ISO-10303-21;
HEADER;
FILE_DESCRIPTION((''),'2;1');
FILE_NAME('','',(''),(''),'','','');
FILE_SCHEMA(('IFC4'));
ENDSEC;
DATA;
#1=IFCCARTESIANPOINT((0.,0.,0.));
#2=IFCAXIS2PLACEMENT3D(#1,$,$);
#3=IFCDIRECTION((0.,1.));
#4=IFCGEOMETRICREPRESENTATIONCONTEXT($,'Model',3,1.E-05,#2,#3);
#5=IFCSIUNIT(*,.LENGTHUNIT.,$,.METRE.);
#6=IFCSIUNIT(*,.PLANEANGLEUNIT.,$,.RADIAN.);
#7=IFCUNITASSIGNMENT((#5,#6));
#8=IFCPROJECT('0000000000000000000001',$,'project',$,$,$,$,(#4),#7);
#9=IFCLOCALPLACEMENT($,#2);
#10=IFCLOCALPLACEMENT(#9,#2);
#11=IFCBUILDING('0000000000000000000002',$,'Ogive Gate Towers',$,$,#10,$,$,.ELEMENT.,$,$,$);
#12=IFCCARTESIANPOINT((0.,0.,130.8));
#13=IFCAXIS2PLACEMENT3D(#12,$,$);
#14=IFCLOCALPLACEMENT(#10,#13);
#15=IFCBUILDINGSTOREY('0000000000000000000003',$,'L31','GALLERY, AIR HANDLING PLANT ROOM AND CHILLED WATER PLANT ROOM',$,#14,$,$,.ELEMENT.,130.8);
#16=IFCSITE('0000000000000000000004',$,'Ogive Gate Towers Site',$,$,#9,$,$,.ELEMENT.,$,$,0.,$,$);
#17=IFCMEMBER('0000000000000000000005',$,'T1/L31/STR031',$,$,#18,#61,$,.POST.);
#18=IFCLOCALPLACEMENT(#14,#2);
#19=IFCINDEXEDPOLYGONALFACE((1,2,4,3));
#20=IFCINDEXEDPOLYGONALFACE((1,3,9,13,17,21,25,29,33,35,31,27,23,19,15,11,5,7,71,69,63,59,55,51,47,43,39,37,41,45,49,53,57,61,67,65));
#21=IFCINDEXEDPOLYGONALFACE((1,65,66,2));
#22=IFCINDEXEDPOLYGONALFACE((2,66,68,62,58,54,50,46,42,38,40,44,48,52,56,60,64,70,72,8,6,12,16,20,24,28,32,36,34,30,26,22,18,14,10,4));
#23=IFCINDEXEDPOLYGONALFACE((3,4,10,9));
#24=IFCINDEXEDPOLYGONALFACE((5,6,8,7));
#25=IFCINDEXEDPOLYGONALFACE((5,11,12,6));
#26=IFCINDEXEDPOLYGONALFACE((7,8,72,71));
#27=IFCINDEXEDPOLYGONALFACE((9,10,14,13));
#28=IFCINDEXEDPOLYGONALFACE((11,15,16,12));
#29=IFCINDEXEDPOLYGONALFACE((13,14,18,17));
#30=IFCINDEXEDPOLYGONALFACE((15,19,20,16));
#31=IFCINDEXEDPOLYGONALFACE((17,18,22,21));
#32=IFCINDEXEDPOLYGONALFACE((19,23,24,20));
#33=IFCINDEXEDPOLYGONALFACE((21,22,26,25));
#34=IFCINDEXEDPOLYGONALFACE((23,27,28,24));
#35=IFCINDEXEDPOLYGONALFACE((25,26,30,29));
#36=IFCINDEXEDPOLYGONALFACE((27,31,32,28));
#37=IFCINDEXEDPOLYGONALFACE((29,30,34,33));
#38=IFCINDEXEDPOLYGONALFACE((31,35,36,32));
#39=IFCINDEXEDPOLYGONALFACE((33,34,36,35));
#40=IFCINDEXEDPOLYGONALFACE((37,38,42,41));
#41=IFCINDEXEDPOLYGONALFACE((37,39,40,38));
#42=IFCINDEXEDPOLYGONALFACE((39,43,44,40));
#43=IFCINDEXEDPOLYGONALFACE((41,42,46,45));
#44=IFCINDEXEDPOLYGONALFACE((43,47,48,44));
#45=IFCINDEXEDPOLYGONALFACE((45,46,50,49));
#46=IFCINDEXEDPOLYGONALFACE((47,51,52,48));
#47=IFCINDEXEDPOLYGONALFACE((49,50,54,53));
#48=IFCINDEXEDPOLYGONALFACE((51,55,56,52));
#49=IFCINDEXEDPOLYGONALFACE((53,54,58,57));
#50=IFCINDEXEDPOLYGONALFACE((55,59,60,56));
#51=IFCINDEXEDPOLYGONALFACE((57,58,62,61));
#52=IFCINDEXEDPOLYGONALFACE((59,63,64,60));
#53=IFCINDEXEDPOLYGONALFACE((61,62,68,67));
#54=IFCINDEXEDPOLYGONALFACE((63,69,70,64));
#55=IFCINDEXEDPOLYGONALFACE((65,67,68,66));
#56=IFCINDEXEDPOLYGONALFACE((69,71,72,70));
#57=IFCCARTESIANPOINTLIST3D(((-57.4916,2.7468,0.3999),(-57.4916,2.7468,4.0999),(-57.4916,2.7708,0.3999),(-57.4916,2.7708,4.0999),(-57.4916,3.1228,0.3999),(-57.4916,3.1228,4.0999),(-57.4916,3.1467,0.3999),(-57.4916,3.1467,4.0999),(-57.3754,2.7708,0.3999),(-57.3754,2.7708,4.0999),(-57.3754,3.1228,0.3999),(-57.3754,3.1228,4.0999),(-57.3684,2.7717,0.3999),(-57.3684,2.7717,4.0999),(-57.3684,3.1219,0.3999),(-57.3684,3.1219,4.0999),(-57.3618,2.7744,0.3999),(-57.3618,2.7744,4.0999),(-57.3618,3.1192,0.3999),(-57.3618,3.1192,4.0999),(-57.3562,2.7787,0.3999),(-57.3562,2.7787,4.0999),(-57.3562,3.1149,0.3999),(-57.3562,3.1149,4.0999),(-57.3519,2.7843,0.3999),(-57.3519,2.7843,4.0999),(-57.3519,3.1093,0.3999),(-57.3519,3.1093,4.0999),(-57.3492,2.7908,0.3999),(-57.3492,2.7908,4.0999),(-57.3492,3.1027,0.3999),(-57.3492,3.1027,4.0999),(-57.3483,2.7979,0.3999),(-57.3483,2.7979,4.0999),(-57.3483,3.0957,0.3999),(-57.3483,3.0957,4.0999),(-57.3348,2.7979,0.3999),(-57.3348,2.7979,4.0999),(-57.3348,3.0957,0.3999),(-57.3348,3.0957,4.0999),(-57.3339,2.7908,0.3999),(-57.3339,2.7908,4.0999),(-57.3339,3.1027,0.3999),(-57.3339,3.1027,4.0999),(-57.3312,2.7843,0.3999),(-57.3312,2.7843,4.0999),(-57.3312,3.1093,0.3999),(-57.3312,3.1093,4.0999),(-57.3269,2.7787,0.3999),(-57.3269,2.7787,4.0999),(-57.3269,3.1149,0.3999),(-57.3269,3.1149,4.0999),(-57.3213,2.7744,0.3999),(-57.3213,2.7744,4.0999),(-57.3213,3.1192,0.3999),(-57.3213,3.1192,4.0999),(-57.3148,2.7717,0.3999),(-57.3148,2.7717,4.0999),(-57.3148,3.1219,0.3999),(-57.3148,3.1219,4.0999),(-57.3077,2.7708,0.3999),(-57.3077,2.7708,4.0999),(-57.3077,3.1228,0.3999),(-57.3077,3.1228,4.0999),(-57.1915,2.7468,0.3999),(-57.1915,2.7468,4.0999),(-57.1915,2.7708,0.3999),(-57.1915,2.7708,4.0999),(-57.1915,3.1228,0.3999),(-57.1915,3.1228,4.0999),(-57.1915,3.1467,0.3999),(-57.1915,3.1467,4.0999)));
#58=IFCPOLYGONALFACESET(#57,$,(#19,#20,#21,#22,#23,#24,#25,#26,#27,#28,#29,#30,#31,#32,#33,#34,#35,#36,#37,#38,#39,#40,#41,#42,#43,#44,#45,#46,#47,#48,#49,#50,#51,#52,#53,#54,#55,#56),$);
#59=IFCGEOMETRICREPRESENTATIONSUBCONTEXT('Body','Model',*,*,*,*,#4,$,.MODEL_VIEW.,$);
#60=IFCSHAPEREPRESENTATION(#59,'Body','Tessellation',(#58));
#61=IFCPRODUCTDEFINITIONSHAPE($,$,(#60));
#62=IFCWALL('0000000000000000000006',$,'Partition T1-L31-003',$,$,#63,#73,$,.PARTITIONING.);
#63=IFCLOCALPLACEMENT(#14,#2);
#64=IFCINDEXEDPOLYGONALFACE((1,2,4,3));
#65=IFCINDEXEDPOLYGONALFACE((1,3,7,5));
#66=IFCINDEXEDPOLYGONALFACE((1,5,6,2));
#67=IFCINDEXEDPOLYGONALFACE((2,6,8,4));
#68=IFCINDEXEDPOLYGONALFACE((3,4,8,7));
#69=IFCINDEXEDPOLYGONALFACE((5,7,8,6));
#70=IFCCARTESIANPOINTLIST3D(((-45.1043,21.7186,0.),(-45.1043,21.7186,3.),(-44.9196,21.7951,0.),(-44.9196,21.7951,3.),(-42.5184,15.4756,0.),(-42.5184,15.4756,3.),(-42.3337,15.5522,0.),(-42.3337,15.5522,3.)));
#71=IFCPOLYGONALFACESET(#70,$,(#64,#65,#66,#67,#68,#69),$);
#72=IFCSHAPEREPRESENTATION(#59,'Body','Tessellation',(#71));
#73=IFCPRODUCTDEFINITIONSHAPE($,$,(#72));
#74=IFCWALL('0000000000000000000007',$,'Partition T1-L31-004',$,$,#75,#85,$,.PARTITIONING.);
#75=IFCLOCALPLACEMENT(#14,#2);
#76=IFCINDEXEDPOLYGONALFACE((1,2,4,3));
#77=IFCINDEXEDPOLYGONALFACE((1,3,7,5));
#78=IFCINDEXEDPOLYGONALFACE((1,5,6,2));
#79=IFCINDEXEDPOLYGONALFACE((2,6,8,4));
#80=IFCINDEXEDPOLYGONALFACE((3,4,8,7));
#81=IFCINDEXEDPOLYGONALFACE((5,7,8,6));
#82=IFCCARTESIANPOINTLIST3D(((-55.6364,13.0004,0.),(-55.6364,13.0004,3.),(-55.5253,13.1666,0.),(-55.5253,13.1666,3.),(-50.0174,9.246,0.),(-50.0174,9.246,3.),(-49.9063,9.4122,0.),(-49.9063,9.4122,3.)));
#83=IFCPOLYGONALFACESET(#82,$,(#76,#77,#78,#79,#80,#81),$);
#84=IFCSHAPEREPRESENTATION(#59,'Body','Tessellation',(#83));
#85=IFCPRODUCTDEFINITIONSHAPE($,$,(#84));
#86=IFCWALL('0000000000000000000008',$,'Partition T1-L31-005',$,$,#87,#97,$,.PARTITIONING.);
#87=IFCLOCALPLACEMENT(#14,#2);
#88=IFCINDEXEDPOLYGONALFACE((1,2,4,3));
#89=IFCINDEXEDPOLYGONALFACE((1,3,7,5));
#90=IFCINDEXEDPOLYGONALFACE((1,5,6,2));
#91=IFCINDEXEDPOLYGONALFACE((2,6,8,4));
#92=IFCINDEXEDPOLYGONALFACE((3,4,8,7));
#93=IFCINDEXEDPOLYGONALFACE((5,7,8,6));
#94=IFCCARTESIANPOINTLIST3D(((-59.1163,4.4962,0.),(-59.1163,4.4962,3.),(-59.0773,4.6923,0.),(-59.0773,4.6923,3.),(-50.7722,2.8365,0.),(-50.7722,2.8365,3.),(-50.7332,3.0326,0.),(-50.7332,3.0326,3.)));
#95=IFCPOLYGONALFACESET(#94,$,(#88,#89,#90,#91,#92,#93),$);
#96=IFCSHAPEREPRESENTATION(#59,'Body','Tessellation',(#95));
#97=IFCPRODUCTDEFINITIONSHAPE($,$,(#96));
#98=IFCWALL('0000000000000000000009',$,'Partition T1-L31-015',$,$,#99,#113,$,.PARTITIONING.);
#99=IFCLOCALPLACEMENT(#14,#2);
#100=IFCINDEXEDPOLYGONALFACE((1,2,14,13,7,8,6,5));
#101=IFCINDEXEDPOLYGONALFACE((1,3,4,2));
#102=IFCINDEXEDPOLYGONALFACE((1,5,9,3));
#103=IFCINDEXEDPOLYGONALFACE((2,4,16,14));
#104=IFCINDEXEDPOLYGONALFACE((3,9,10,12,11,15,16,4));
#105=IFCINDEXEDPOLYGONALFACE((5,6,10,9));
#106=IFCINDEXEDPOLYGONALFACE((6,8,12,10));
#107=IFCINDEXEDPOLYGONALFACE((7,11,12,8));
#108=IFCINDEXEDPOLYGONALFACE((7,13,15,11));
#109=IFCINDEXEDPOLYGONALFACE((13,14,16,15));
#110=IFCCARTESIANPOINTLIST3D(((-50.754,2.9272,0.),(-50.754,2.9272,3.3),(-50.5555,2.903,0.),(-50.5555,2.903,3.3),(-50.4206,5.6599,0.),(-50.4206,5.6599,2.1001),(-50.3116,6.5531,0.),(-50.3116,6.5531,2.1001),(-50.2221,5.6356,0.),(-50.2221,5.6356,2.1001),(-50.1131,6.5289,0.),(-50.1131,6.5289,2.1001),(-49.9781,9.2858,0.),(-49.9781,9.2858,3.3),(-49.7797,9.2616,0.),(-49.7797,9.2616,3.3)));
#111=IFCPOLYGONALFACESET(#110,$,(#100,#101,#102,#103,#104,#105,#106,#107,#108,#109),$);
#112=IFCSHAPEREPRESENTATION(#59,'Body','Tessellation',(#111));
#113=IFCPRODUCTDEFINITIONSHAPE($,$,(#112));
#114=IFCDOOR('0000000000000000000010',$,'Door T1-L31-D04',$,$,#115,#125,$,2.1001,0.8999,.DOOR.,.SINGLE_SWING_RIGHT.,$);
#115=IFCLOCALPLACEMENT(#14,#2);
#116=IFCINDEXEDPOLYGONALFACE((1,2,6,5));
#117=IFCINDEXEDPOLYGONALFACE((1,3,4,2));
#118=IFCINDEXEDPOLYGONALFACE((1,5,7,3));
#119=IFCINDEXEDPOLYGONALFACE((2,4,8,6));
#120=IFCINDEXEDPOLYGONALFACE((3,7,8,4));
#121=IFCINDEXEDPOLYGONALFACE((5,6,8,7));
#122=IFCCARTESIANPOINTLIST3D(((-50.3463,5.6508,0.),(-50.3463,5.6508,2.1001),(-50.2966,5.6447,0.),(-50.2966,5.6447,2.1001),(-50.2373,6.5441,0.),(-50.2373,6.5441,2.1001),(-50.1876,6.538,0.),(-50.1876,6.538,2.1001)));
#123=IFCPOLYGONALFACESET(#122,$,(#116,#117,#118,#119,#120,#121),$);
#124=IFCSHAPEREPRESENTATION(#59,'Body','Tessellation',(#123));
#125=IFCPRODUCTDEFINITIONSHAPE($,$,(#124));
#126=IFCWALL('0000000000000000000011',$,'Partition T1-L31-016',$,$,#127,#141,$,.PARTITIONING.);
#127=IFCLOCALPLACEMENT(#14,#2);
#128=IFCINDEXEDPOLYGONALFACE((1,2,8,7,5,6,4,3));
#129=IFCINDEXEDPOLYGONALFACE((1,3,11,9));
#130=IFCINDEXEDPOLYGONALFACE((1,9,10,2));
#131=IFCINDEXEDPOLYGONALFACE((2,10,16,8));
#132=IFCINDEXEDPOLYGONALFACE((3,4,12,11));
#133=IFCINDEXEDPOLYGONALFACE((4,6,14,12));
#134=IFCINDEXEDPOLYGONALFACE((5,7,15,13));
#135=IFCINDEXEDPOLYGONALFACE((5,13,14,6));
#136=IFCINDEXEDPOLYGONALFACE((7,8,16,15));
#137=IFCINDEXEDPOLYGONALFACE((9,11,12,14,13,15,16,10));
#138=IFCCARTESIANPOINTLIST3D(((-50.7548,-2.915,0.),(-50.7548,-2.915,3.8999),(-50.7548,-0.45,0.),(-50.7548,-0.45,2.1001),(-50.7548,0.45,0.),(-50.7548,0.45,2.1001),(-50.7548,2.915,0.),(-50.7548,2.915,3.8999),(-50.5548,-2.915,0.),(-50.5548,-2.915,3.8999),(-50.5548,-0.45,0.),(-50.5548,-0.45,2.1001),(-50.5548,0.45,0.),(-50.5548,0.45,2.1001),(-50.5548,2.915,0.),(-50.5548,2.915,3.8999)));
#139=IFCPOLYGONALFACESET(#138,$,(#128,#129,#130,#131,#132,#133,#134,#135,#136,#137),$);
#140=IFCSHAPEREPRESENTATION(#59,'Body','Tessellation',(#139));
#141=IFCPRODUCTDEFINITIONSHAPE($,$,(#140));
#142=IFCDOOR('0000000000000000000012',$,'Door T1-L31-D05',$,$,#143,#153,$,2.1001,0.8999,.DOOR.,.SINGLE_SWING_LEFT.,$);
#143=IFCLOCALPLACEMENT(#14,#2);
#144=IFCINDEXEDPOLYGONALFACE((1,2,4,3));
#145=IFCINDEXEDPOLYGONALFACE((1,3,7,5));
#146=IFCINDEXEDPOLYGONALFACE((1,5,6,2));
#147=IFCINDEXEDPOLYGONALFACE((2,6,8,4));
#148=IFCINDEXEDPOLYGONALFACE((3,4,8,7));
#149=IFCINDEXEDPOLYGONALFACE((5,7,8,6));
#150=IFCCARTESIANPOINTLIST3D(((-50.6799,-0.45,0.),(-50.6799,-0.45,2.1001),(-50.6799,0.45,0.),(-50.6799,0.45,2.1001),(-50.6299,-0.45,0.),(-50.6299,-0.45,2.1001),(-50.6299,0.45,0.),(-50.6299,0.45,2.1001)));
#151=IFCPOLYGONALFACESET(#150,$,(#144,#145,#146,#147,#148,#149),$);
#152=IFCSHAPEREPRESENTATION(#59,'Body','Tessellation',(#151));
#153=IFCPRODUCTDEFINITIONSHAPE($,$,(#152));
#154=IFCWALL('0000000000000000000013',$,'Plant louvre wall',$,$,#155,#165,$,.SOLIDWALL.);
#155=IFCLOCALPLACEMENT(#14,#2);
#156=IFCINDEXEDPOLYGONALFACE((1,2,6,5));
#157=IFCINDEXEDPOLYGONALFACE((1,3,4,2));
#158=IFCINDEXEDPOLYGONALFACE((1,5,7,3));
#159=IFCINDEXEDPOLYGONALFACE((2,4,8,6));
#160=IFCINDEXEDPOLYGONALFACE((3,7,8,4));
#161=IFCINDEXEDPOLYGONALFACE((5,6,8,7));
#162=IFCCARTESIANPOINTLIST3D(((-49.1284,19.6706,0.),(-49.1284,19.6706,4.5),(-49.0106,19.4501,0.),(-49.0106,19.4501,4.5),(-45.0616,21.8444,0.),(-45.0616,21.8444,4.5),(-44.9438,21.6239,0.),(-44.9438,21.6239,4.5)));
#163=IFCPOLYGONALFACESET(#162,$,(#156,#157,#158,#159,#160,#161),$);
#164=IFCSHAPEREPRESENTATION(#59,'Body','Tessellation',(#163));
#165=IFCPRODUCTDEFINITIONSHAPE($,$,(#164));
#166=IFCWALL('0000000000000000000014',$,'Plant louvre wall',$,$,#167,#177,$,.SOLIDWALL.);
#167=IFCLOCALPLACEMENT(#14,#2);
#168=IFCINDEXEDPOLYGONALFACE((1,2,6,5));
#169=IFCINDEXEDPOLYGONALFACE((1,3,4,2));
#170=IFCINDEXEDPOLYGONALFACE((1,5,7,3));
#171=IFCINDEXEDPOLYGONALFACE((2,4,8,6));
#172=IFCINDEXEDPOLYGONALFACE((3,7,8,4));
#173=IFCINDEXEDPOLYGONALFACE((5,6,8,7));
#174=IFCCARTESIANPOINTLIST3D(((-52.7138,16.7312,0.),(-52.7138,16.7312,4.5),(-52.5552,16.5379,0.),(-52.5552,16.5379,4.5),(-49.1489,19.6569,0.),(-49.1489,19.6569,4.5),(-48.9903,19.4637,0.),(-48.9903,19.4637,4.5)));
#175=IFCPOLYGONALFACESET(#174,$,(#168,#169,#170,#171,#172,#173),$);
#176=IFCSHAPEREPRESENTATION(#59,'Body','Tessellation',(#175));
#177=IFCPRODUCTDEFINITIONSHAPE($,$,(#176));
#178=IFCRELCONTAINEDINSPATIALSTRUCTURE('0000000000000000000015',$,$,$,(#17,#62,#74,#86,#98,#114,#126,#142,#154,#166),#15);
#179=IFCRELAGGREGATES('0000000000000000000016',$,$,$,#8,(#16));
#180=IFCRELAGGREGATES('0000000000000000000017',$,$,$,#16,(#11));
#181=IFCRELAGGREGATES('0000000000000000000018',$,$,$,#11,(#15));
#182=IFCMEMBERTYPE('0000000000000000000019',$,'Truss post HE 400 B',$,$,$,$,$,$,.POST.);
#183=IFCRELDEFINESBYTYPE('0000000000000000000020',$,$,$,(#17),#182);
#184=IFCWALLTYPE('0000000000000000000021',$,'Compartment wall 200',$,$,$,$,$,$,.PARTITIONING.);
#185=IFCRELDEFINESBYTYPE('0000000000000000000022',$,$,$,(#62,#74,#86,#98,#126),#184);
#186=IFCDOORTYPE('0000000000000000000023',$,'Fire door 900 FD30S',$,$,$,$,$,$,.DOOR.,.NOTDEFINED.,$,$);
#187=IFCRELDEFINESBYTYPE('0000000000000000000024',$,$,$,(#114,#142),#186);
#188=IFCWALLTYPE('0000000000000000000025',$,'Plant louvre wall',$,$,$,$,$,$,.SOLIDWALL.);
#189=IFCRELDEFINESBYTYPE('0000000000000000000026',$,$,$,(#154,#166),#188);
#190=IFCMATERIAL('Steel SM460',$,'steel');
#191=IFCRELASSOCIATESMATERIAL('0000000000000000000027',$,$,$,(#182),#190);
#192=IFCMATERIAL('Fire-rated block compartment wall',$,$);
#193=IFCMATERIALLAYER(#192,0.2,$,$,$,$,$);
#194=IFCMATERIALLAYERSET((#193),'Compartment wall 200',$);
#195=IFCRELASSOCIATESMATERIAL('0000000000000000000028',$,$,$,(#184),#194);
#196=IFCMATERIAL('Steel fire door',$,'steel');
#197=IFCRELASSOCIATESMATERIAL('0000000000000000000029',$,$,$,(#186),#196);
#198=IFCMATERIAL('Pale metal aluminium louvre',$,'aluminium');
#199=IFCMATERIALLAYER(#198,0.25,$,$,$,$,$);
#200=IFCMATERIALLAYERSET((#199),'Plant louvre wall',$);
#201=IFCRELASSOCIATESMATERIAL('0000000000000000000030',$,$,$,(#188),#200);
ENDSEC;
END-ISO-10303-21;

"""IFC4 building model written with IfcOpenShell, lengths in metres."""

from ifc_helpers import new_model, si_unit, direction, frame, frame_2d, origin, origin_2d, place, context, subcontext, project, spatial, rectangle, i_section, extrude, material, layer, layer_set, material_profile, profile_set, type_object, element, fill, save


model = new_model("IFC4")

# Units and contexts
model_context = context("Model", 3, precision=1e-05, world=origin(), true_north=direction((0.0, 1.0)))
body_context = subcontext(model_context, "Body", "Model", "MODEL_VIEW")
ifc_project = project(units=[si_unit("LENGTHUNIT", "METRE"), si_unit("PLANEANGLEUNIT", "RADIAN")], contexts=[model_context])

# Site, building, storey
site_placement = place(None, origin())
site = spatial("IfcSite", under=ifc_project, at=site_placement, Name="Ogive Gate Towers Site", CompositionType="ELEMENT", RefElevation=0.0)
building_placement = place(site_placement, origin())
building = spatial("IfcBuilding", under=site, at=building_placement, Name="Ogive Gate Towers", CompositionType="ELEMENT")
storey_placement = place(building_placement, frame((0.0, 0.0, 130.8)))
storey = spatial("IfcBuildingStorey", under=building, at=storey_placement, Name="L31", Description="GALLERY, AIR HANDLING PLANT ROOM AND CHILLED WATER PLANT ROOM", CompositionType="ELEMENT", Elevation=130.8)

# Shared definitions
ifc_material_1 = material(Name="Steel SM460", Category="steel")

# Member
ifc_material_profile_1 = material_profile(ifc_material_1, i_section(OverallWidth=0.3, OverallDepth=0.3999, WebThickness=0.0134, FlangeThickness=0.0239, FilletRadius=0.0271, at=origin_2d()), Name="HE 400 B")
ifc_profile_set_1 = profile_set([ifc_material_profile_1], Name="Steel SM460")
member_type_1 = type_object("IfcMemberType", Name="Truss post HE 400 B", PredefinedType="POST", material=ifc_profile_set_1)
for number, where, z_axis, x_axis, name in (
    (1, (-57.3416, 2.9468, 0.3999), (0.0, 0.0, 1.0), (1.0, 0.0, 0.0), "T1/L31/STR031"),
):
    element("IfcMember", number, at=place(storey_placement, frame(where, z_axis=z_axis, x_axis=x_axis)), inside=storey, type_object=member_type_1, Name=name, PredefinedType="POST", context=body_context, shape_type="SweptSolid", body=[
        extrude(i_section(OverallWidth=0.3, OverallDepth=0.3999, WebThickness=0.0134, FlangeThickness=0.0239, FilletRadius=0.0271, at=origin_2d()), origin(), (0.0, 0.0, 1.0), 3.7),
    ])

# Walls
ifc_material_2 = material(Name="Fire-rated block compartment wall")
ifc_layer_1 = layer(ifc_material_2, 0.2)
ifc_layer_set_1 = layer_set([ifc_layer_1], Name="Compartment wall 200")
wall_type_1 = type_object("IfcWallType", Name="Compartment wall 200", PredefinedType="PARTITIONING", material=ifc_layer_set_1)
wall_1_placement = place(storey_placement, frame((-45.012, 21.7568, 0.0), z_axis=(0.0, 0.0, 1.0), x_axis=(0.382688, -0.923878, 0.0)))
element("IfcWall", 2, at=wall_1_placement, inside=storey, type_object=wall_type_1, Name="Partition T1-L31-003", PredefinedType="PARTITIONING", context=body_context, shape_type="SweptSolid", body=[
    extrude(rectangle(XDim=6.7573, YDim=0.2, at=frame_2d((3.3787, 0.0))), origin(), (0.0, 0.0, 1.0), 3.0),
])
wall_2_placement = place(storey_placement, frame((-55.5808, 13.0835, 0.0), z_axis=(0.0, 0.0, 1.0), x_axis=(0.831472, -0.555567, 0.0)))
element("IfcWall", 3, at=wall_2_placement, inside=storey, type_object=wall_type_1, Name="Partition T1-L31-004", PredefinedType="PARTITIONING", context=body_context, shape_type="SweptSolid", body=[
    extrude(rectangle(XDim=6.7578, YDim=0.2, at=frame_2d((3.3789, 0.0))), origin(), (0.0, 0.0, 1.0), 3.0),
])
wall_3_placement = place(storey_placement, frame((-59.0969, 4.5942, 0.0), z_axis=(0.0, 0.0, 1.0), x_axis=(0.980787, -0.195084, 0.0)))
element("IfcWall", 4, at=wall_3_placement, inside=storey, type_object=wall_type_1, Name="Partition T1-L31-005", PredefinedType="PARTITIONING", context=body_context, shape_type="SweptSolid", body=[
    extrude(rectangle(XDim=8.5076, YDim=0.2, at=frame_2d((4.2539, 0.0))), origin(), (0.0, 0.0, 1.0), 3.0),
])

# Walls, openings, doors
wall_4_placement = place(storey_placement, frame((-49.8789, 9.2737, 0.0), z_axis=(0.0, 0.0, 1.0), x_axis=(-0.121121, -0.992638, 0.0)))
wall_4 = element("IfcWall", 5, at=wall_4_placement, inside=storey, type_object=wall_type_1, Name="Partition T1-L31-015", PredefinedType="PARTITIONING", context=body_context, shape_type="SweptSolid", body=[
    extrude(rectangle(XDim=6.4058, YDim=0.2, at=frame_2d((3.2029, 0.0))), origin(), (0.0, 0.0, 1.0), 3.3),
])
opening_1_placement = place(wall_4_placement, frame((2.7529, 0.0, 0.0)))
opening_1 = element("IfcOpeningElement", 6, at=opening_1_placement, cuts=wall_4, PredefinedType="OPENING", context=body_context, shape_type="SweptSolid", body=[
    extrude(rectangle(XDim=0.8999, YDim=2.1001, at=frame_2d((0.45, 1.05))), frame((0.0, 0.1099, 0.0), z_axis=(0.0, -1.0, 0.0), x_axis=(1.0, 0.0, 0.0)), (0.0, 0.0, 1.0), 0.22),
])
ifc_material_3 = material(Name="Steel fire door", Category="steel")
door_type = type_object("IfcDoorType", Name="Fire door 900 FD30S", OperationType="NOTDEFINED", PredefinedType="DOOR", material=ifc_material_3)
door_1_placement = place(opening_1_placement, origin())
door_1 = element("IfcDoor", 7, at=door_1_placement, inside=storey, type_object=door_type, Name="Door T1-L31-D04", OperationType="SINGLE_SWING_RIGHT", OverallHeight=2.1001, OverallWidth=0.8999, PredefinedType="DOOR", context=body_context, shape_type="SweptSolid", body=[
    extrude(rectangle(XDim=0.8999, YDim=2.1001, at=frame_2d((0.45, 1.05))), frame((0.0, 0.0249, 0.0), z_axis=(0.0, -1.0, 0.0), x_axis=(1.0, 0.0, 0.0)), (0.0, 0.0, 1.0), 0.05),
])
fill(opening_1, door_1)
wall_5_placement = place(storey_placement, frame((-50.6548, 2.915, 0.0), z_axis=(0.0, 0.0, 1.0), x_axis=(0.0, -1.0, 0.0)))
wall_5 = element("IfcWall", 8, at=wall_5_placement, inside=storey, type_object=wall_type_1, Name="Partition T1-L31-016", PredefinedType="PARTITIONING", context=body_context, shape_type="SweptSolid", body=[
    extrude(rectangle(XDim=5.8301, YDim=0.2, at=frame_2d((2.915, 0.0))), origin(), (0.0, 0.0, 1.0), 3.8999),
])
opening_2_placement = place(wall_5_placement, frame((2.4651, 0.0, 0.0)))
opening_2 = element("IfcOpeningElement", 9, at=opening_2_placement, cuts=wall_5, PredefinedType="OPENING", context=body_context, shape_type="SweptSolid", body=[
    extrude(rectangle(XDim=0.8999, YDim=2.1001, at=frame_2d((0.45, 1.05))), frame((0.0, 0.1099, 0.0), z_axis=(0.0, -1.0, 0.0), x_axis=(1.0, 0.0, 0.0)), (0.0, 0.0, 1.0), 0.22),
])
door_2_placement = place(opening_2_placement, origin())
door_2 = element("IfcDoor", 10, at=door_2_placement, inside=storey, type_object=door_type, Name="Door T1-L31-D05", OperationType="SINGLE_SWING_LEFT", OverallHeight=2.1001, OverallWidth=0.8999, PredefinedType="DOOR", context=body_context, shape_type="SweptSolid", body=[
    extrude(rectangle(XDim=0.8999, YDim=2.1001, at=frame_2d((0.45, 1.05))), frame((0.0, 0.0249, 0.0), z_axis=(0.0, -1.0, 0.0), x_axis=(1.0, 0.0, 0.0)), (0.0, 0.0, 1.0), 0.05),
])
fill(opening_2, door_2)

# Walls
ifc_material_4 = material(Name="Pale metal aluminium louvre", Category="aluminium")
ifc_layer_2 = layer(ifc_material_4, 0.25)
ifc_layer_set_2 = layer_set([ifc_layer_2], Name="Plant louvre wall")
wall_type_2 = type_object("IfcWallType", Name="Plant louvre wall", PredefinedType="SOLIDWALL", material=ifc_layer_set_2)
wall_6_placement = place(storey_placement, frame((-45.0027, 21.7341, 0.0), z_axis=(0.0, 0.0, 1.0), x_axis=(-0.881919, -0.471401, 0.0)))
element("IfcWall", 11, at=wall_6_placement, inside=storey, type_object=wall_type_2, Name="Plant louvre wall", PredefinedType="SOLIDWALL", context=body_context, shape_type="SweptSolid", body=[
    extrude(rectangle(XDim=4.6113, YDim=0.25, at=frame_2d((2.3057, 0.0))), origin(), (0.0, 0.0, 1.0), 4.5),
])
for number, where, z_axis, x_axis, name in (
    (12, (-49.0696, 19.5603, 0.0), (0.0, 0.0, 1.0), (-0.772999, -0.634407, 0.0), "Plant louvre wall"),
):
    element("IfcWall", number, at=place(storey_placement, frame(where, z_axis=z_axis, x_axis=x_axis)), inside=storey, type_object=wall_type_2, Name=name, PredefinedType="SOLIDWALL", context=body_context, shape_type="SweptSolid", body=[
        extrude(rectangle(XDim=4.6118, YDim=0.25, at=frame_2d((2.3059, 0.0))), origin(), (0.0, 0.0, 1.0), 4.5),
    ])

save(model, "model.ifc")
